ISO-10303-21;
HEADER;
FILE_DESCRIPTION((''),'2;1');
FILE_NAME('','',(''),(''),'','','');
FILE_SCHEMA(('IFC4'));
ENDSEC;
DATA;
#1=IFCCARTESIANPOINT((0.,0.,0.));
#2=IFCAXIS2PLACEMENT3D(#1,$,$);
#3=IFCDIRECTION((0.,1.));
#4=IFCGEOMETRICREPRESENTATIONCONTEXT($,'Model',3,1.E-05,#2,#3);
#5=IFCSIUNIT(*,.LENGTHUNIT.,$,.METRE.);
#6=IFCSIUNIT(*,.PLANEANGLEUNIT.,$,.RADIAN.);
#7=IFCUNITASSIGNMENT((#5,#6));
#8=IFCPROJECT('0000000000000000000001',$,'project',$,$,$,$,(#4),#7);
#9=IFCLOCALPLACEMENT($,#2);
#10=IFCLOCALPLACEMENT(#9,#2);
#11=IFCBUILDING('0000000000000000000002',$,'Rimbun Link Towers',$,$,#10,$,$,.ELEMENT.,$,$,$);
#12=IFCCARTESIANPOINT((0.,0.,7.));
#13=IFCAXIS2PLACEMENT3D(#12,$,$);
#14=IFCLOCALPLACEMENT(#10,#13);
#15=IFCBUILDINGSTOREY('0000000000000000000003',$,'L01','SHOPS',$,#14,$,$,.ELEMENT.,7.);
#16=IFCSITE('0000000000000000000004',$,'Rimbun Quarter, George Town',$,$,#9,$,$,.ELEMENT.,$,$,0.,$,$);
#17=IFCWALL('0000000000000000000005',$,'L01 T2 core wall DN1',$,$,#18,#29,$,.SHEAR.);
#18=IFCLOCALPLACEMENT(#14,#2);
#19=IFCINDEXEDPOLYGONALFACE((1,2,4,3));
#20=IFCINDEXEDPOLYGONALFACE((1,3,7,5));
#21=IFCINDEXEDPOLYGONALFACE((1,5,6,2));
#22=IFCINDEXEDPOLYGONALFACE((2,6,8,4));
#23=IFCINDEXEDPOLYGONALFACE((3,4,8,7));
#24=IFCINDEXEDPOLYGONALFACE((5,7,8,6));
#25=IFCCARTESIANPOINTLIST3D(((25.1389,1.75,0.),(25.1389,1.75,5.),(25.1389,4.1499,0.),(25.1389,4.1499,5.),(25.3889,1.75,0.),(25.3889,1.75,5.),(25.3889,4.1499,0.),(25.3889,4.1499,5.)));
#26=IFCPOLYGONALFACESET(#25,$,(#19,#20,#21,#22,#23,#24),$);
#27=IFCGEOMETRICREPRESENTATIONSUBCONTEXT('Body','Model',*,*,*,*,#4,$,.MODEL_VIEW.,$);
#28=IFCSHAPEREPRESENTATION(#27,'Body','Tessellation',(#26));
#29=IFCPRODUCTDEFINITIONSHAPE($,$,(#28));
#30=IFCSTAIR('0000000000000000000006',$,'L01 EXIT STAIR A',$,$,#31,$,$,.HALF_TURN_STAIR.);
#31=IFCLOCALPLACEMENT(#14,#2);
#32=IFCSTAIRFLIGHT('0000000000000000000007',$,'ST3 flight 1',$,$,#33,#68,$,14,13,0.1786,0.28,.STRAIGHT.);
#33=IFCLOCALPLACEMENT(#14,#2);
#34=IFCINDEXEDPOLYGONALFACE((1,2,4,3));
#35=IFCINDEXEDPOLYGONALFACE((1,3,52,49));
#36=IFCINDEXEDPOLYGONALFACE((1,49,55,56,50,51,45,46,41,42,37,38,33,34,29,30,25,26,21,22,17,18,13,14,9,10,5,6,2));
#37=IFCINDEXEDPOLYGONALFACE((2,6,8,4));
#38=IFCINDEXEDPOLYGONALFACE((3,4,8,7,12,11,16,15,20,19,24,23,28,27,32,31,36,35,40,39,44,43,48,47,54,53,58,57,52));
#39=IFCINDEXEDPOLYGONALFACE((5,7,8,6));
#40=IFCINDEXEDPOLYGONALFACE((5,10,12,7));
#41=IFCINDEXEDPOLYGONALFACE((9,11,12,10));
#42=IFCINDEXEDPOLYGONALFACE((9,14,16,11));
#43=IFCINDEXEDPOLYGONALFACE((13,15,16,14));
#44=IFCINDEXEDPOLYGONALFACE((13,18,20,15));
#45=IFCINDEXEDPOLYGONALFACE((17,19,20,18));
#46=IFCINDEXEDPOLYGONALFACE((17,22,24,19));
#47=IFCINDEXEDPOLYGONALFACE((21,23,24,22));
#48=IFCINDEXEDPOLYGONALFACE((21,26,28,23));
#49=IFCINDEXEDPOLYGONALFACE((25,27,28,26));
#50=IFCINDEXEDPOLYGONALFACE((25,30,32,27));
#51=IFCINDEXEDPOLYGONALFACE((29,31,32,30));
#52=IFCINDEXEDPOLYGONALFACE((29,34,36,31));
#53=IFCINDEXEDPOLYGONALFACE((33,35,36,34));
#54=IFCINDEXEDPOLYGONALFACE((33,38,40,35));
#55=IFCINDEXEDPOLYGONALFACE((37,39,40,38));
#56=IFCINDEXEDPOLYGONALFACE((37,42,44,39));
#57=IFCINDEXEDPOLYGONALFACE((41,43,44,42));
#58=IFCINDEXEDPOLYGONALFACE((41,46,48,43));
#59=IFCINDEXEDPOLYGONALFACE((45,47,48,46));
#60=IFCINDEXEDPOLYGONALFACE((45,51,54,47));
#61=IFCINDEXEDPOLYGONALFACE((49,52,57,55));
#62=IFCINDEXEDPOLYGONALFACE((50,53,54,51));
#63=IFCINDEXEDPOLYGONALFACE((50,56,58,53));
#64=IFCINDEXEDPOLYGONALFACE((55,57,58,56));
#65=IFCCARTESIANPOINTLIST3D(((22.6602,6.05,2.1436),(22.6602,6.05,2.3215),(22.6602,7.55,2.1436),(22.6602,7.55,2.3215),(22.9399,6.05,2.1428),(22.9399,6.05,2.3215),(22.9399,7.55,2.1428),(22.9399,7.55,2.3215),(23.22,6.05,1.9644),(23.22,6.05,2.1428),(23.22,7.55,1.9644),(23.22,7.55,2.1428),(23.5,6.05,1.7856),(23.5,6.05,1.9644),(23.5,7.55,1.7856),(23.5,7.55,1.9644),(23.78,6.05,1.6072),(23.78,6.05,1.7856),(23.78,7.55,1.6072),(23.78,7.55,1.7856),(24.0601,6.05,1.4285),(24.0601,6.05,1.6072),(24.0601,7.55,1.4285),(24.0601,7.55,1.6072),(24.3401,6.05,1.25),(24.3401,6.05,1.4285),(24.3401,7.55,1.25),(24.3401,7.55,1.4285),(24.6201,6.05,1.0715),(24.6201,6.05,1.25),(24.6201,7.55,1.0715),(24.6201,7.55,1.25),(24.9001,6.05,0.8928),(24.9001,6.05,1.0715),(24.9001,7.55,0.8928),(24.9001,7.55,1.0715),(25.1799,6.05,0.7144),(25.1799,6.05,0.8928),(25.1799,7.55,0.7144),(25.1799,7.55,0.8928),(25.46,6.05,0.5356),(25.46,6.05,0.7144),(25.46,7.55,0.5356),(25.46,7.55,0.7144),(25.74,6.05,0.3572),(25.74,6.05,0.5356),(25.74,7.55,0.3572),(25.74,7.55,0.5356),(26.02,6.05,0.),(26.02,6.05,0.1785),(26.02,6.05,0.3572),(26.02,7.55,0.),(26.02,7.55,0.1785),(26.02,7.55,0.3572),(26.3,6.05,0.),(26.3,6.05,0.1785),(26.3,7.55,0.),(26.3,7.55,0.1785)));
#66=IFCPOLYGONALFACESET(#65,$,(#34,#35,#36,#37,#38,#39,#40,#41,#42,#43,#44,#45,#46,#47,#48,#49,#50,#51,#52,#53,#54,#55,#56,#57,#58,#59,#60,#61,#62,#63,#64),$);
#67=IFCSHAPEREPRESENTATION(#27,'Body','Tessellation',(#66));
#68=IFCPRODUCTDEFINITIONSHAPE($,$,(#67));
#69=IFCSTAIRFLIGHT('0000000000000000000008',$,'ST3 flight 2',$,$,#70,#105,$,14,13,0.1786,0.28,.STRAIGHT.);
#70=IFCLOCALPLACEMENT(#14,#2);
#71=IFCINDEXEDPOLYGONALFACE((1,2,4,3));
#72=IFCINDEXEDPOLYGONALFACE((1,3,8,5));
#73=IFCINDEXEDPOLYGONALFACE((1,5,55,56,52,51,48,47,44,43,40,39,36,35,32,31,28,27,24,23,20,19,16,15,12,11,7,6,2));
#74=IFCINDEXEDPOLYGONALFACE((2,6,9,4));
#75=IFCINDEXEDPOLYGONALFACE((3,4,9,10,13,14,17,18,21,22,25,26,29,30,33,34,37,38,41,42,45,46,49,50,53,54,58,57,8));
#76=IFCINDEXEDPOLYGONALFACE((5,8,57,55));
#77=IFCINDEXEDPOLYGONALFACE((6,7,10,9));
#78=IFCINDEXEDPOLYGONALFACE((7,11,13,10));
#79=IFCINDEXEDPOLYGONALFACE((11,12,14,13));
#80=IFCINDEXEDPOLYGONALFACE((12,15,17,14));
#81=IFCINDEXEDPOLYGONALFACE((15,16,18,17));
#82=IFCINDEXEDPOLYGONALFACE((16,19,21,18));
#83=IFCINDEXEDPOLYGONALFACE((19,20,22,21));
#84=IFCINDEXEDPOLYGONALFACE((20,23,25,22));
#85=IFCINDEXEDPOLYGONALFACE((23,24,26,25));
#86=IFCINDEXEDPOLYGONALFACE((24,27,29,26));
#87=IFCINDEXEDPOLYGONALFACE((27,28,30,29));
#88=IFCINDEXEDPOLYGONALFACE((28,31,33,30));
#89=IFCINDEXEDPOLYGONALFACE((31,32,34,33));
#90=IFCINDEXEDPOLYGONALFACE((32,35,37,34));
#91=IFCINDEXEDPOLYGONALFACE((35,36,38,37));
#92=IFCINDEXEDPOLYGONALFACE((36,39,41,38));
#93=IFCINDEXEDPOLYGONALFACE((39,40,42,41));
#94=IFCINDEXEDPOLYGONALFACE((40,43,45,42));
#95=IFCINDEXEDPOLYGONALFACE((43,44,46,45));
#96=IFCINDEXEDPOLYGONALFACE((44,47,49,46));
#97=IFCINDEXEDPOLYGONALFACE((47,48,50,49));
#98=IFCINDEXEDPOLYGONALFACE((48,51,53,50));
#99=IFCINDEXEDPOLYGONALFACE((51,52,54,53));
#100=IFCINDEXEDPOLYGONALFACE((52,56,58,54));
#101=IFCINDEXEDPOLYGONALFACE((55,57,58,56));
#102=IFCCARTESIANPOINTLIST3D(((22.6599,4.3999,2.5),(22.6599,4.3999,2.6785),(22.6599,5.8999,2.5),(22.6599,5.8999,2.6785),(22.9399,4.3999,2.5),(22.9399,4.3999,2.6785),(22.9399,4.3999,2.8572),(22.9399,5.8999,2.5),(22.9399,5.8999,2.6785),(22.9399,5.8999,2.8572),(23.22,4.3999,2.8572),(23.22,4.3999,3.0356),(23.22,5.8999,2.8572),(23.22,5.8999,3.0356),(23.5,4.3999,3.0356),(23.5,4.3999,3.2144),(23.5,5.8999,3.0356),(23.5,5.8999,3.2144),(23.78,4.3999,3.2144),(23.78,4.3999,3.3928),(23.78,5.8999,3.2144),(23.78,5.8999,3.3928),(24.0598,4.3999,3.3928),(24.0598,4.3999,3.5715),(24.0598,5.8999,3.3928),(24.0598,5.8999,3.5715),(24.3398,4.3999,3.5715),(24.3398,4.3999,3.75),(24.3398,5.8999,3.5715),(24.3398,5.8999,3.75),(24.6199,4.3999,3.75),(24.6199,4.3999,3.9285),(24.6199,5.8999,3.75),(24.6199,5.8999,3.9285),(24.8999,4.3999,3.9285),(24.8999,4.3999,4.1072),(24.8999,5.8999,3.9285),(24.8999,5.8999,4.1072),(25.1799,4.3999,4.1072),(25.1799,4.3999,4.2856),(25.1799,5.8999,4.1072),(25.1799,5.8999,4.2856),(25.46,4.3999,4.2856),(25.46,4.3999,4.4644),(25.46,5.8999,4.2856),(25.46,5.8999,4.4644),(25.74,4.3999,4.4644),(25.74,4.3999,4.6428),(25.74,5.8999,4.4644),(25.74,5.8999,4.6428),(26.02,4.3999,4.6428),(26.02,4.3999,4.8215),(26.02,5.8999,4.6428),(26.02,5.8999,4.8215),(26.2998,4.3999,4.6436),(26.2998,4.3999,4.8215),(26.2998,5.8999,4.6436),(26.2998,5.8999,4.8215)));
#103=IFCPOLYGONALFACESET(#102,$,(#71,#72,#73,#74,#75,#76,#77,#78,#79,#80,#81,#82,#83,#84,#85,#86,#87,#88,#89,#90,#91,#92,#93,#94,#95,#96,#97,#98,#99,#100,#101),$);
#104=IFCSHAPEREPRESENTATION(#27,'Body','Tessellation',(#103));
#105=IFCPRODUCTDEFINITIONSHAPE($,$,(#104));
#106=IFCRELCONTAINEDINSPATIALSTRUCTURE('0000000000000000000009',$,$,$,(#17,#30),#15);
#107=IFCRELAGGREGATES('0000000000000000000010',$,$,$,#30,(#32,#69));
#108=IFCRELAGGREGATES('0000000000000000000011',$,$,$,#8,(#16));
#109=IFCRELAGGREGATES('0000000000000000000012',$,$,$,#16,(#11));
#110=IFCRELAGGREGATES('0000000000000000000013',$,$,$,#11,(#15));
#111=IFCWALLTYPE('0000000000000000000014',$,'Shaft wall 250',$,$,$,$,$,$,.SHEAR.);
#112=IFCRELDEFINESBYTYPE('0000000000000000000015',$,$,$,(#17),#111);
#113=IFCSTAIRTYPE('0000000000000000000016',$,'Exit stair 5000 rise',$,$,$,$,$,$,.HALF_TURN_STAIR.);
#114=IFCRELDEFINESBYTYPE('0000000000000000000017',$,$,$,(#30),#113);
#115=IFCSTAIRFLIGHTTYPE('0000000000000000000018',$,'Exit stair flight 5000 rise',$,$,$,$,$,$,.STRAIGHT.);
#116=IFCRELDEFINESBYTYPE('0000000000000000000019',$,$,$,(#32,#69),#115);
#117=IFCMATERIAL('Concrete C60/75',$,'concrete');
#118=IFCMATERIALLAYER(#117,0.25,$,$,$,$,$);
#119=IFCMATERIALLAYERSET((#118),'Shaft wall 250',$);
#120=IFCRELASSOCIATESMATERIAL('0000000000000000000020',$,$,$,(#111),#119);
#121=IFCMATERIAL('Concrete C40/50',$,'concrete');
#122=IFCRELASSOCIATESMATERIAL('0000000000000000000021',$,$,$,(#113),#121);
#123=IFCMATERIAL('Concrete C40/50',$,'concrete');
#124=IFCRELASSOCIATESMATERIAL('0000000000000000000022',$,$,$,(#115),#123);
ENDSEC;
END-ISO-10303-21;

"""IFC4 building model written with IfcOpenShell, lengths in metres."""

from ifc_helpers import new_model, si_unit, direction, frame, frame_2d, origin, place, context, subcontext, project, spatial, polyline, rectangle, outline, extrude, material, layer, layer_set, type_object, element, aggregate, save


model = new_model("IFC4")

# Units and contexts
model_context = context("Model", 3, precision=1e-05, world=origin(), true_north=direction((0.0, 1.0)))
body_context = subcontext(model_context, "Body", "Model", "MODEL_VIEW")
ifc_project = project(units=[si_unit("LENGTHUNIT", "METRE"), si_unit("PLANEANGLEUNIT", "RADIAN")], contexts=[model_context])

# Site, building, storey
site_placement = place(None, origin())
site = spatial("IfcSite", under=ifc_project, at=site_placement, Name="Rimbun Quarter, George Town", CompositionType="ELEMENT", RefElevation=0.0)
building_placement = place(site_placement, origin())
building = spatial("IfcBuilding", under=site, at=building_placement, Name="Rimbun Link Towers", CompositionType="ELEMENT")
storey_placement = place(building_placement, frame((0.0, 0.0, 7.0)))
storey = spatial("IfcBuildingStorey", under=building, at=storey_placement, Name="L01", Description="SHOPS", CompositionType="ELEMENT", Elevation=7.0)

# Shared definitions
ifc_material_1 = material(Name="Concrete C60/75", Category="concrete")
ifc_layer = layer(ifc_material_1, 0.25)
ifc_layer_set = layer_set([ifc_layer], Name="Shaft wall 250")
wall_type = type_object("IfcWallType", Name="Shaft wall 250", PredefinedType="SHEAR", material=ifc_layer_set)

# Wall
for number, where, z_axis, x_axis, name in (
    (1, (25.2639, 1.75, 0.0), (0.0, 0.0, 1.0), (0.0, 1.0, 0.0), "L01 T2 core wall DN1"),
):
    element("IfcWall", number, at=place(storey_placement, frame(where, z_axis=z_axis, x_axis=x_axis)), inside=storey, type_object=wall_type, Name=name, PredefinedType="SHEAR", context=body_context, shape_type="SweptSolid", body=[
        extrude(rectangle(XDim=2.3999, YDim=0.25, at=frame_2d((1.2, 0.0))), origin(), (0.0, 0.0, 1.0), 5.0),
    ])

# Stair, stair flights
ifc_material_2 = material(Name="Concrete C40/50", Category="concrete")
stair_type = type_object("IfcStairType", Name="Exit stair 5000 rise", PredefinedType="HALF_TURN_STAIR", material=ifc_material_2)
stair_placement = place(storey_placement, origin())
stair = element("IfcStair", 2, at=stair_placement, inside=storey, type_object=stair_type, Name="L01 EXIT STAIR A", PredefinedType="HALF_TURN_STAIR")
ifc_material_3 = material(Name="Concrete C40/50", Category="concrete")
stair_flight_type = type_object("IfcStairFlightType", Name="Exit stair flight 5000 rise", PredefinedType="STRAIGHT", material=ifc_material_3)
stair_flight_1_placement = place(storey_placement, frame((26.3, 6.8, 0.0), z_axis=(0.0, 0.0, 1.0), x_axis=(-1.0, 0.0, 0.0)))
stair_flight_1 = element("IfcStairFlight", 3, at=stair_flight_1_placement, type_object=stair_flight_type, Name="ST3 flight 1", NumberOfRisers=14, NumberOfTreads=13, PredefinedType="STRAIGHT", RiserHeight=0.1786, TreadLength=0.28, context=body_context, shape_type="SweptSolid", body=[
    extrude(outline(polyline([(0.0, 0.0), (0.0, 0.1785), (0.28, 0.1785), (0.28, 0.3572), (0.5601, 0.3572), (0.5601, 0.5356), (0.8401, 0.5356), (0.8401, 0.7144), (1.1201, 0.7144), (1.1201, 0.8928), (1.3999, 0.8928), (1.3999, 1.0715), (1.6799, 1.0715), (1.6799, 1.25), (1.96, 1.25), (1.96, 1.4285), (2.24, 1.4285), (2.24, 1.6072), (2.52, 1.6072), (2.52, 1.7856), (2.8, 1.7856), (2.8, 1.9644), (3.0801, 1.9644), (3.0801, 2.1428), (3.3601, 2.1428), (3.3601, 2.3215), (3.6399, 2.3215), (3.6399, 2.5), (3.6399, 2.1436), (0.28, 0.0), (0.0, 0.0)])), frame((0.0, 0.75, 0.0), z_axis=(0.0, -1.0, 0.0), x_axis=(1.0, 0.0, 0.0)), (0.0, 0.0, 1.0), 1.5),
])
stair_flight_2_placement = place(storey_placement, frame((22.6599, 5.1499, 2.5), z_axis=(0.0, 0.0, 1.0), x_axis=(1.0, 0.0, 0.0)))
stair_flight_2 = element("IfcStairFlight", 4, at=stair_flight_2_placement, type_object=stair_flight_type, Name="ST3 flight 2", NumberOfRisers=14, NumberOfTreads=13, PredefinedType="STRAIGHT", RiserHeight=0.1786, TreadLength=0.28, context=body_context, shape_type="SweptSolid", body=[
    extrude(outline(polyline([(0.0, 0.0), (0.0, 0.1785), (0.28, 0.1785), (0.28, 0.3572), (0.5601, 0.3572), (0.5601, 0.5356), (0.8401, 0.5356), (0.8401, 0.7144), (1.1201, 0.7144), (1.1201, 0.8928), (1.3999, 0.8928), (1.3999, 1.0715), (1.6799, 1.0715), (1.6799, 1.25), (1.96, 1.25), (1.96, 1.4285), (2.24, 1.4285), (2.24, 1.6072), (2.52, 1.6072), (2.52, 1.7856), (2.8, 1.7856), (2.8, 1.9644), (3.0801, 1.9644), (3.0801, 2.1428), (3.3601, 2.1428), (3.3601, 2.3215), (3.6399, 2.3215), (3.6399, 2.5), (3.6399, 2.1436), (0.28, 0.0), (0.0, 0.0)])), frame((0.0, 0.75, 0.0), z_axis=(0.0, -1.0, 0.0), x_axis=(1.0, 0.0, 0.0)), (0.0, 0.0, 1.0), 1.5),
])
aggregate(stair, [stair_flight_1, stair_flight_2])

save(model, "model.ifc")
